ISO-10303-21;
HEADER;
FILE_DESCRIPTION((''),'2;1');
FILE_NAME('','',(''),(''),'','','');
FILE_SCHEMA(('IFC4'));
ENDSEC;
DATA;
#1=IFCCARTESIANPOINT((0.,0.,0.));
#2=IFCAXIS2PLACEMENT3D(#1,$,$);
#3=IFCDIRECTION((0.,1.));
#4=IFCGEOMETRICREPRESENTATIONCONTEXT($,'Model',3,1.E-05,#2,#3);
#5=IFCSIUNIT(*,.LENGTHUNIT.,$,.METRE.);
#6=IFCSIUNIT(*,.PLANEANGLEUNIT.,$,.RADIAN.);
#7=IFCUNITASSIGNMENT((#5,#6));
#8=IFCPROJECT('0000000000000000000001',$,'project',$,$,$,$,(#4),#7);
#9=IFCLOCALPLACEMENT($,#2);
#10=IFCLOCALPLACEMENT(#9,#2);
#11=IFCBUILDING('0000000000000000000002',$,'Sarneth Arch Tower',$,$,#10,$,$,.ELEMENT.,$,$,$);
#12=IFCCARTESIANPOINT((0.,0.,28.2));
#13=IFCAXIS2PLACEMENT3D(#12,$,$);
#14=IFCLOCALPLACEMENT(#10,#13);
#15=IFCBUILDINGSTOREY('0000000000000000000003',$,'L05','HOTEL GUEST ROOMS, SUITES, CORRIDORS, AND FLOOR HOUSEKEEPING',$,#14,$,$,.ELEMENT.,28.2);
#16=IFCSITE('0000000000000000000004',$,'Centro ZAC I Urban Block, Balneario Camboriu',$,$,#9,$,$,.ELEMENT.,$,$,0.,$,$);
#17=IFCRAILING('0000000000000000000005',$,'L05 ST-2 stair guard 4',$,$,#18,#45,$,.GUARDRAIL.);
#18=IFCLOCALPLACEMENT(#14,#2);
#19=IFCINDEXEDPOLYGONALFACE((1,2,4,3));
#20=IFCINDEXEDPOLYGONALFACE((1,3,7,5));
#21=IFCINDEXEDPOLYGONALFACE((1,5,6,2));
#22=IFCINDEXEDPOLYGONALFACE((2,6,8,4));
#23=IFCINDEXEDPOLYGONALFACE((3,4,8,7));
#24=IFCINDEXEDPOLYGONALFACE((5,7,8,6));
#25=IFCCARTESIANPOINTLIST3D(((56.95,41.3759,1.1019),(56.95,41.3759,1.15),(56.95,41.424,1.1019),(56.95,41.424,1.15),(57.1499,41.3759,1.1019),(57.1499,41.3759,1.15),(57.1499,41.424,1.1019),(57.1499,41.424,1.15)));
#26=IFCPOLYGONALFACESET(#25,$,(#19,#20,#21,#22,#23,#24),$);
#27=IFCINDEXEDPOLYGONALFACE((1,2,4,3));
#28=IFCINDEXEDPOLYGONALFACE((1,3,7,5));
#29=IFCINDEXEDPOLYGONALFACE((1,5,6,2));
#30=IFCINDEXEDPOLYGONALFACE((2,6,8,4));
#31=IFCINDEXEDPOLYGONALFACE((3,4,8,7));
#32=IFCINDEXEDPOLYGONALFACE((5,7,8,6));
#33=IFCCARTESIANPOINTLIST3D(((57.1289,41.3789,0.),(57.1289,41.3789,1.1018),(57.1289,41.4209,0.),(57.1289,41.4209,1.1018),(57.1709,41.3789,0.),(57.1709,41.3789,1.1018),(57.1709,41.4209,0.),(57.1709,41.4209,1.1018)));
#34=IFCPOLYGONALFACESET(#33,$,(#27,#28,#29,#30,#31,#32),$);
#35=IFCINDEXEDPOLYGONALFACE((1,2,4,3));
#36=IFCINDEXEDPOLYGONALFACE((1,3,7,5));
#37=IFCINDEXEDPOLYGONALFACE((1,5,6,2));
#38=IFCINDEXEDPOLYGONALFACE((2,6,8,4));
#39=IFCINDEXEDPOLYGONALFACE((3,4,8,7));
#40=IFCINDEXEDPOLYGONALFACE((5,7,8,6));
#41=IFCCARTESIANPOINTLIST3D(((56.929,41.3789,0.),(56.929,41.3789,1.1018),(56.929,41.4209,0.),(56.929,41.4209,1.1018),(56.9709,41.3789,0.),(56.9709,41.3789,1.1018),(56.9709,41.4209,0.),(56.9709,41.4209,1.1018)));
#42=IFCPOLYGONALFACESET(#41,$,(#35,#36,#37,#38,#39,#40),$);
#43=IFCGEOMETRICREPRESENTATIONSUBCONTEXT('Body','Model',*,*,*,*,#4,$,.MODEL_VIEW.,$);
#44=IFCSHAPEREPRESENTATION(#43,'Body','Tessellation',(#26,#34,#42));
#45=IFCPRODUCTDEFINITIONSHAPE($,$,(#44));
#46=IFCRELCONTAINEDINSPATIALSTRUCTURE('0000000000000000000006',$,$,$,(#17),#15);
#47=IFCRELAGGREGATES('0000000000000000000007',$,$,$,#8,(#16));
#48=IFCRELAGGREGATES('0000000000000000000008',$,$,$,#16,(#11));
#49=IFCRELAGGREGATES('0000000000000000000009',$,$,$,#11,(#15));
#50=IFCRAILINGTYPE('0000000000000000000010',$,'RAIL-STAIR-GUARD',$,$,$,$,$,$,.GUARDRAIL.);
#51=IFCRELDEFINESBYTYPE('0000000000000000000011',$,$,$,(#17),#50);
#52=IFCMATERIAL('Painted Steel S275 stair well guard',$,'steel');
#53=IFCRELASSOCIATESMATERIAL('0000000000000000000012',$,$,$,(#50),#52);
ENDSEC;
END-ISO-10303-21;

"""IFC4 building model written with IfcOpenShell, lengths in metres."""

from ifc_helpers import new_model, si_unit, direction, frame, origin, origin_2d, place, context, subcontext, project, spatial, rectangle, extrude, material, type_object, element, save


model = new_model("IFC4")

# Units and contexts
model_context = context("Model", 3, precision=1e-05, world=origin(), true_north=direction((0.0, 1.0)))
body_context = subcontext(model_context, "Body", "Model", "MODEL_VIEW")
ifc_project = project(units=[si_unit("LENGTHUNIT", "METRE"), si_unit("PLANEANGLEUNIT", "RADIAN")], contexts=[model_context])

# Site, building, storey
site_placement = place(None, origin())
site = spatial("IfcSite", under=ifc_project, at=site_placement, Name="Centro ZAC I Urban Block, Balneario Camboriu", CompositionType="ELEMENT", RefElevation=0.0)
building_placement = place(site_placement, origin())
building = spatial("IfcBuilding", under=site, at=building_placement, Name="Sarneth Arch Tower", CompositionType="ELEMENT")
storey_placement = place(building_placement, frame((0.0, 0.0, 28.2)))
storey = spatial("IfcBuildingStorey", under=building, at=storey_placement, Name="L05", Description="HOTEL GUEST ROOMS, SUITES, CORRIDORS, AND FLOOR HOUSEKEEPING", CompositionType="ELEMENT", Elevation=28.2)

# Railing
ifc_material_1 = material(Name="Painted Steel S275 stair well guard", Category="steel")
railing_type_1 = type_object("IfcRailingType", Name="RAIL-STAIR-GUARD", PredefinedType="GUARDRAIL", material=ifc_material_1)
railing_1_placement = place(storey_placement, frame((57.1499, 41.3999, 0.0)))
element("IfcRailing", 1, at=railing_1_placement, inside=storey, type_object=railing_type_1, Name="L05 ST-2 stair guard 4", PredefinedType="GUARDRAIL", context=body_context, shape_type="SweptSolid", body=[
    extrude(rectangle(XDim=0.0481, YDim=0.0481, at=origin_2d()), frame((0.0, 0.0, 1.126), z_axis=(-1.0, 0.0, 0.0), x_axis=(0.0, -1.0, 0.0)), (0.0, 0.0, 1.0), 0.2),
    extrude(rectangle(XDim=0.042, YDim=0.042, at=origin_2d()), origin(), (0.0, 0.0, 1.0), 1.1018),
    extrude(rectangle(XDim=0.042, YDim=0.042, at=origin_2d()), frame((-0.2, 0.0, 0.0)), (0.0, 0.0, 1.0), 1.1018),
])

save(model, "model.ifc")
